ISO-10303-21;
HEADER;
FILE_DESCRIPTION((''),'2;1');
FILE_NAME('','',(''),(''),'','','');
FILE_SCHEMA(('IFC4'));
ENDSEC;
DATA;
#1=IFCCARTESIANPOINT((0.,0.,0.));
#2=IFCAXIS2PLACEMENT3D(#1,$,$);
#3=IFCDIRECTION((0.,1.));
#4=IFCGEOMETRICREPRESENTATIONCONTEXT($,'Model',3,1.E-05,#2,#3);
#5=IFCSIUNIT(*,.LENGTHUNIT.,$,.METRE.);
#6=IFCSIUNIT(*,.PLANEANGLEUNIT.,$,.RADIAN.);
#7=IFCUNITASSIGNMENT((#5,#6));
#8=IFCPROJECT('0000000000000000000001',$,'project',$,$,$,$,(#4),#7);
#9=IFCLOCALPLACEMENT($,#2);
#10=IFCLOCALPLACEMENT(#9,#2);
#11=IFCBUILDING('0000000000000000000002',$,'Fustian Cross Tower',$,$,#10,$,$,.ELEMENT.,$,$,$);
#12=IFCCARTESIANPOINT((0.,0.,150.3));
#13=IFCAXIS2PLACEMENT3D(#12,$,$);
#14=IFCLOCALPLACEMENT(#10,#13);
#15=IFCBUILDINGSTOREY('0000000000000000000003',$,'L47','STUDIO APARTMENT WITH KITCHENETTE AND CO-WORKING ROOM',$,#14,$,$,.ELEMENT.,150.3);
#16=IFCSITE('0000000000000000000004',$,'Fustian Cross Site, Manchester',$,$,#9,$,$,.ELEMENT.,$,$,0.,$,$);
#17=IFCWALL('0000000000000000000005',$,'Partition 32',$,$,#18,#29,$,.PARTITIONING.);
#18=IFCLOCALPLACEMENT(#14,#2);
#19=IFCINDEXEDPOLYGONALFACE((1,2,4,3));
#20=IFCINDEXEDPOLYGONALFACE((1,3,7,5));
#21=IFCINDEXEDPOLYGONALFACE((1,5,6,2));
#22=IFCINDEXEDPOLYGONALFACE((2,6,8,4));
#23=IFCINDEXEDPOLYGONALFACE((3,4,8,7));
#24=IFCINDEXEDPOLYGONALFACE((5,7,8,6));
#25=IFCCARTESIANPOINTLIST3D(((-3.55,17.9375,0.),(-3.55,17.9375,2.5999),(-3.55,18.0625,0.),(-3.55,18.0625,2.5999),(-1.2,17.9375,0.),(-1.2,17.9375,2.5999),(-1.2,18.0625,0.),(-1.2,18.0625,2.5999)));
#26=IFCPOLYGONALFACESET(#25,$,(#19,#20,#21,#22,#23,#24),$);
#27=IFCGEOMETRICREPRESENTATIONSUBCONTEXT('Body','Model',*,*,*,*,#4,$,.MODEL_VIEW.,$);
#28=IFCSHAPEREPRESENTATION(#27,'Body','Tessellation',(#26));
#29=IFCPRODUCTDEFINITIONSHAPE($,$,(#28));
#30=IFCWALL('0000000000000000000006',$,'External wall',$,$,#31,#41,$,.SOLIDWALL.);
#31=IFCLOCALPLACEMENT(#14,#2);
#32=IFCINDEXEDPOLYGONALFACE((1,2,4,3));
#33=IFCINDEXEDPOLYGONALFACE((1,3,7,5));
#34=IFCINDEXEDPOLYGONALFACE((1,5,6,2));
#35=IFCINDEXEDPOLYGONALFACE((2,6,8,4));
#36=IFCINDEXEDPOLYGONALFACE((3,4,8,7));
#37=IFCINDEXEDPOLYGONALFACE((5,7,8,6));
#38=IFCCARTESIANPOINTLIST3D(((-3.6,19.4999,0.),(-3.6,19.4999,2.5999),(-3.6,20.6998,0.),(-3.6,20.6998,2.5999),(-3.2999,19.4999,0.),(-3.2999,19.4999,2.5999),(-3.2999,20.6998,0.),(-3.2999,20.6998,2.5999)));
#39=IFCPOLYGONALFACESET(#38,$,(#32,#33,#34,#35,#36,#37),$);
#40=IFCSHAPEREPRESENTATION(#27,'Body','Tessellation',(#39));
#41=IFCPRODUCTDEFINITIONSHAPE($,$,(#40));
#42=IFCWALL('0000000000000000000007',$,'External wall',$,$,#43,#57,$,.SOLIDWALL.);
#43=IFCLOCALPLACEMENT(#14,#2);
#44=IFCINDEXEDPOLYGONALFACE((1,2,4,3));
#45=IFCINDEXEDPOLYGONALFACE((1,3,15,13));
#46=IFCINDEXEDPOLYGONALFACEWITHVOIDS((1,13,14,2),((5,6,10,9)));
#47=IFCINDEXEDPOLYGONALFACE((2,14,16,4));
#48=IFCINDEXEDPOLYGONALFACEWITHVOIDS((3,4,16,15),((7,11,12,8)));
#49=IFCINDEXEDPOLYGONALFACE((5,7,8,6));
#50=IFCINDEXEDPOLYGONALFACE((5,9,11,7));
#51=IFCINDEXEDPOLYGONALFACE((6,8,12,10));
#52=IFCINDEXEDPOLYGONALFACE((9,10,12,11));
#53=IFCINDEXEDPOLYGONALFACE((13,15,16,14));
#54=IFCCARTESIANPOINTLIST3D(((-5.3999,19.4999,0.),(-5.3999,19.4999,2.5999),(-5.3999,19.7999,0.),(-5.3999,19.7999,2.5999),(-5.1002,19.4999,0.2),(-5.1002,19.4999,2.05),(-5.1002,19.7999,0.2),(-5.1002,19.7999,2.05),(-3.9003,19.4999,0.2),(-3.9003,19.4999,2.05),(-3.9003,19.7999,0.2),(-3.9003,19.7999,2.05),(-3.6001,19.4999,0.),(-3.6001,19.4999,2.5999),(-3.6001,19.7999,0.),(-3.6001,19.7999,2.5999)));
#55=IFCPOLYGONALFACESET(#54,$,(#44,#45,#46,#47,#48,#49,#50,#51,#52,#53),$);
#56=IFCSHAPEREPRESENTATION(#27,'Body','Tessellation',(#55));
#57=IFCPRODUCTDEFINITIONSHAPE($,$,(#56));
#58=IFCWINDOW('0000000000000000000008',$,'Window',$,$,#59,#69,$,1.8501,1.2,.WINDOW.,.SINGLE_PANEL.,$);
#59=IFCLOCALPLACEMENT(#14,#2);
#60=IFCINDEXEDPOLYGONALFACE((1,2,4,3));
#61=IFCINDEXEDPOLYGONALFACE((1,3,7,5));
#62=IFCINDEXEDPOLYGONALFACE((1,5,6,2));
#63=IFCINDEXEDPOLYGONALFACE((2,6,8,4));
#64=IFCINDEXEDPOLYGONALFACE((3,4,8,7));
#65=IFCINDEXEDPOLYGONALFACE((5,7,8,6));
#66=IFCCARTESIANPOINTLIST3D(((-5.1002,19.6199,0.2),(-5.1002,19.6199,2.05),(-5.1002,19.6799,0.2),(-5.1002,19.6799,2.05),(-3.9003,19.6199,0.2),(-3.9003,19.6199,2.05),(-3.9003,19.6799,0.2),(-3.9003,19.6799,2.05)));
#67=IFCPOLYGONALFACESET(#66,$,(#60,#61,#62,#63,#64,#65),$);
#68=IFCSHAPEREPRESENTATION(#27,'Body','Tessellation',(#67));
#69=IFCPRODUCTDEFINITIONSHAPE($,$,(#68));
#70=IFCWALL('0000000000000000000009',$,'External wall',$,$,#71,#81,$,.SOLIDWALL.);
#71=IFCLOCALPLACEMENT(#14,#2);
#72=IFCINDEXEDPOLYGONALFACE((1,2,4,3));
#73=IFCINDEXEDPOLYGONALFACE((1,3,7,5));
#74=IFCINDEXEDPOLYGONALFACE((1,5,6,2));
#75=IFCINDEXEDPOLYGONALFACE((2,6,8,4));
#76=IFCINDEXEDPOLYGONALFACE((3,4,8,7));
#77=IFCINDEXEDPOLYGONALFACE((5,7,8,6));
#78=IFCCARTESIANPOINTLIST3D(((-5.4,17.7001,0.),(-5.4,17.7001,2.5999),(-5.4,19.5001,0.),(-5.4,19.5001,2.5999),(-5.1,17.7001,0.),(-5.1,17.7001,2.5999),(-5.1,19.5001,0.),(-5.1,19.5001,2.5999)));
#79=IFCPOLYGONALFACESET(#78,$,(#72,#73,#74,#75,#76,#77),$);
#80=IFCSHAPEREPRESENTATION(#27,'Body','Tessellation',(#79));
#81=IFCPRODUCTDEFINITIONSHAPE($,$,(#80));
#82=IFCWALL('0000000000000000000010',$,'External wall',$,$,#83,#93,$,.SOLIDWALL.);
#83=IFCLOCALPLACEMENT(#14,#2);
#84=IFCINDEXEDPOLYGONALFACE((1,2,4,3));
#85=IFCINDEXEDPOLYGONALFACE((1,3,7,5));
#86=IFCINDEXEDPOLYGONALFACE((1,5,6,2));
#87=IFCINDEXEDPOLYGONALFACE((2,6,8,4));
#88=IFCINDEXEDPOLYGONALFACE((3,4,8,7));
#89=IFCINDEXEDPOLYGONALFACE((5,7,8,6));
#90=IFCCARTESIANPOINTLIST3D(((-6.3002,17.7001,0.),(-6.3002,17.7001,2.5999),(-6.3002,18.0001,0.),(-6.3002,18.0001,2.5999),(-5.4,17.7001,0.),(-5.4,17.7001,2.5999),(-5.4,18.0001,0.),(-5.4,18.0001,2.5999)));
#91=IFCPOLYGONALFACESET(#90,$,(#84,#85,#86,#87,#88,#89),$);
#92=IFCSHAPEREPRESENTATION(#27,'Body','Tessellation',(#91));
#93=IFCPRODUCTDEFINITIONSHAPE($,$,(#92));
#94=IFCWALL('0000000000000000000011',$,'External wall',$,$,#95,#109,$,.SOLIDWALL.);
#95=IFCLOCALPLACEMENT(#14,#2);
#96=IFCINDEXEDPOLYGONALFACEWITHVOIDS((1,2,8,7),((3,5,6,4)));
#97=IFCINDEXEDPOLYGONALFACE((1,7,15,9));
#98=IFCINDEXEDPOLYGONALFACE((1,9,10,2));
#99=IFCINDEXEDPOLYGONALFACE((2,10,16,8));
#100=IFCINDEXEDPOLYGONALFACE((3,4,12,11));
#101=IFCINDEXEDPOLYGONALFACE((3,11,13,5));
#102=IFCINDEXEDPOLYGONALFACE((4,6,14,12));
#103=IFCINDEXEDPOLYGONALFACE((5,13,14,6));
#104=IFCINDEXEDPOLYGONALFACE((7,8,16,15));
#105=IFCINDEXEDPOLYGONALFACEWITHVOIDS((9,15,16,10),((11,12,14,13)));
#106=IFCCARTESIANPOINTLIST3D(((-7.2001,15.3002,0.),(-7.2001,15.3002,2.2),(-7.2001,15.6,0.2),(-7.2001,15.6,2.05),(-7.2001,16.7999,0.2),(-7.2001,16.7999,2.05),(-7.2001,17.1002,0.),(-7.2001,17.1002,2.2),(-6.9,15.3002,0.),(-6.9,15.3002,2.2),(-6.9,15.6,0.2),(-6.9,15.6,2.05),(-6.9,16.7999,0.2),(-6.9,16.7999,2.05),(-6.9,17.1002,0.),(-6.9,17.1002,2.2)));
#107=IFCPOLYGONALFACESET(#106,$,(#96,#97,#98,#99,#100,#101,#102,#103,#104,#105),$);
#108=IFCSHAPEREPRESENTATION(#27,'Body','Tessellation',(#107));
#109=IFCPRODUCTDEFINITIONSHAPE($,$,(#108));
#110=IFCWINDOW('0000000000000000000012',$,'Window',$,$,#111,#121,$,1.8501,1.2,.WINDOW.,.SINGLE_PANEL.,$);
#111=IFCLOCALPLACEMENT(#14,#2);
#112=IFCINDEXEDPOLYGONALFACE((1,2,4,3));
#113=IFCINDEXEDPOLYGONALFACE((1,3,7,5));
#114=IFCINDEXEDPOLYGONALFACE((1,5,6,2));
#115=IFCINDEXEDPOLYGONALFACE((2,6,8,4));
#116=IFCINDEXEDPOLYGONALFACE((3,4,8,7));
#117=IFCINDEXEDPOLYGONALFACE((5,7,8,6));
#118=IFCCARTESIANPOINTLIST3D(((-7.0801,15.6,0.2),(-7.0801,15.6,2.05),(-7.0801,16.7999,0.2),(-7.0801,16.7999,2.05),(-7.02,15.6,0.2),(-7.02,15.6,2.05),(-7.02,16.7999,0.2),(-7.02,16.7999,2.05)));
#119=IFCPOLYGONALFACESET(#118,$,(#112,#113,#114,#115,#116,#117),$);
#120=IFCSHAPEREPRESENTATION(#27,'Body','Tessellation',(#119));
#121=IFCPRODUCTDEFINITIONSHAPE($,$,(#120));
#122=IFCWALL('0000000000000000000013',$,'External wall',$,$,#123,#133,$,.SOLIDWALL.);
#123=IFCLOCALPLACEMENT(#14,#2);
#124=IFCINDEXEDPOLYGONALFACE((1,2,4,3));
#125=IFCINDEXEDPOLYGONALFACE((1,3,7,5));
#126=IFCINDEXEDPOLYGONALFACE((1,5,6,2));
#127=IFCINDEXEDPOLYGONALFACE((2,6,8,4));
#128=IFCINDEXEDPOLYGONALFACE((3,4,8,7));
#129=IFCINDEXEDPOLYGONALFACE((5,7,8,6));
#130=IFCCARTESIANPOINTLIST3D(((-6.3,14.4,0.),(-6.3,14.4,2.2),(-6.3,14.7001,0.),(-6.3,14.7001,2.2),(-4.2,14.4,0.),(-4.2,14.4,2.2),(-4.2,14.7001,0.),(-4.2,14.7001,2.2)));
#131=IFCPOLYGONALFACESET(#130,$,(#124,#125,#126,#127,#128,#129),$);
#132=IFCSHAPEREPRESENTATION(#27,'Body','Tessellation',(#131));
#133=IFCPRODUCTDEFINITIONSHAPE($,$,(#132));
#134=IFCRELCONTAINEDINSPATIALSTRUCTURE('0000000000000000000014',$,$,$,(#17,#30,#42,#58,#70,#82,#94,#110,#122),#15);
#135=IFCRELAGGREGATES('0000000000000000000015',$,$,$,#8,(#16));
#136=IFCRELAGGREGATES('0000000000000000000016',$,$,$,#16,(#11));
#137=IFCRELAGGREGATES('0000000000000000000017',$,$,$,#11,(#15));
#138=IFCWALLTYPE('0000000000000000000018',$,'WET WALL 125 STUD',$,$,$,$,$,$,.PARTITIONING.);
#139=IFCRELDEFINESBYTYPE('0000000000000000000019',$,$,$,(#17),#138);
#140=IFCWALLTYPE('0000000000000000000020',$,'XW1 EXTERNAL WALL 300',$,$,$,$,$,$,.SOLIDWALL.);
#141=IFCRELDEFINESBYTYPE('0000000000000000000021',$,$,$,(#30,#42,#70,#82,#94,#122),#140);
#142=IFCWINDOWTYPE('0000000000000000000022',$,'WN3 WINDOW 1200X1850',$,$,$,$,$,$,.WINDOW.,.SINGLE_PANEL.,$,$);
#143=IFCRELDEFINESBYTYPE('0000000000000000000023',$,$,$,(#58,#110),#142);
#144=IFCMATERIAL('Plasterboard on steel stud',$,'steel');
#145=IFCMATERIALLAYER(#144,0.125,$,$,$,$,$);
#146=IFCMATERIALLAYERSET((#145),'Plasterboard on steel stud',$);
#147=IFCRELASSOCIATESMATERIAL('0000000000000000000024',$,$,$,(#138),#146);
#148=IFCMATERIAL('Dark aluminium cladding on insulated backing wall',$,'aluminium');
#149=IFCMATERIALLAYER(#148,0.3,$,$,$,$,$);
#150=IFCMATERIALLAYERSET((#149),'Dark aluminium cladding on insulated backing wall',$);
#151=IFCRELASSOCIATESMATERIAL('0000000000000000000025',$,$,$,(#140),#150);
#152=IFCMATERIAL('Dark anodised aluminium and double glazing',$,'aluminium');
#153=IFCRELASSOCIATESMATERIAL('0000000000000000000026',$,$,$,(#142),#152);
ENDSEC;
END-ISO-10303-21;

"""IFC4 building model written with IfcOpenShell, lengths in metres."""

from ifc_helpers import new_model, si_unit, direction, frame, frame_2d, origin, place, context, subcontext, project, spatial, rectangle, extrude, material, layer, layer_set, type_object, element, fill, save


model = new_model("IFC4")

# Units and contexts
model_context = context("Model", 3, precision=1e-05, world=origin(), true_north=direction((0.0, 1.0)))
body_context = subcontext(model_context, "Body", "Model", "MODEL_VIEW")
ifc_project = project(units=[si_unit("LENGTHUNIT", "METRE"), si_unit("PLANEANGLEUNIT", "RADIAN")], contexts=[model_context])

# Site, building, storey
site_placement = place(None, origin())
site = spatial("IfcSite", under=ifc_project, at=site_placement, Name="Fustian Cross Site, Manchester", CompositionType="ELEMENT", RefElevation=0.0)
building_placement = place(site_placement, origin())
building = spatial("IfcBuilding", under=site, at=building_placement, Name="Fustian Cross Tower", CompositionType="ELEMENT")
storey_placement = place(building_placement, frame((0.0, 0.0, 150.3)))
storey = spatial("IfcBuildingStorey", under=building, at=storey_placement, Name="L47", Description="STUDIO APARTMENT WITH KITCHENETTE AND CO-WORKING ROOM", CompositionType="ELEMENT", Elevation=150.3)

# Walls
ifc_material_1 = material(Name="Plasterboard on steel stud", Category="steel")
ifc_layer_1 = layer(ifc_material_1, 0.125)
ifc_layer_set_1 = layer_set([ifc_layer_1], Name="Plasterboard on steel stud")
wall_type_1 = type_object("IfcWallType", Name="WET WALL 125 STUD", PredefinedType="PARTITIONING", material=ifc_layer_set_1)
wall_1_placement = place(storey_placement, frame((-3.55, 18.0, 0.0), z_axis=(0.0, 0.0, 1.0), x_axis=(1.0, 0.0, 0.0)))
element("IfcWall", 1, at=wall_1_placement, inside=storey, type_object=wall_type_1, Name="Partition 32", PredefinedType="PARTITIONING", context=body_context, shape_type="SweptSolid", body=[
    extrude(rectangle(XDim=2.3501, YDim=0.125, at=frame_2d((1.175, 0.0))), origin(), (0.0, 0.0, 1.0), 2.5999),
])
ifc_material_2 = material(Name="Dark aluminium cladding on insulated backing wall", Category="aluminium")
ifc_layer_2 = layer(ifc_material_2, 0.3)
ifc_layer_set_2 = layer_set([ifc_layer_2], Name="Dark aluminium cladding on insulated backing wall")
wall_type_2 = type_object("IfcWallType", Name="XW1 EXTERNAL WALL 300", PredefinedType="SOLIDWALL", material=ifc_layer_set_2)
wall_2_placement = place(storey_placement, frame((-3.45, 20.7, 0.0), z_axis=(0.0, 0.0, 1.0), x_axis=(0.0, -1.0, 0.0)))
element("IfcWall", 2, at=wall_2_placement, inside=storey, type_object=wall_type_2, Name="External wall", PredefinedType="SOLIDWALL", context=body_context, shape_type="SweptSolid", body=[
    extrude(rectangle(XDim=1.2, YDim=0.3, at=frame_2d((0.6001, 0.0))), origin(), (0.0, 0.0, 1.0), 2.5999),
])

# Wall, opening, window
wall_3_placement = place(storey_placement, frame((-3.6001, 19.6499, 0.0), z_axis=(0.0, 0.0, 1.0), x_axis=(-1.0, 0.0, 0.0)))
wall_3 = element("IfcWall", 3, at=wall_3_placement, inside=storey, type_object=wall_type_2, Name="External wall", PredefinedType="SOLIDWALL", context=body_context, shape_type="SweptSolid", body=[
    extrude(rectangle(XDim=1.7998, YDim=0.3, at=frame_2d((0.8999, 0.0))), origin(), (0.0, 0.0, 1.0), 2.5999),
])
opening_1_placement = place(wall_3_placement, frame((0.3, 0.0, 0.2)))
opening_1 = element("IfcOpeningElement", 4, at=opening_1_placement, cuts=wall_3, PredefinedType="OPENING", context=body_context, shape_type="SweptSolid", body=[
    extrude(rectangle(XDim=1.2, YDim=1.8501, at=frame_2d((0.6001, 0.925))), frame((0.0, 0.1599, 0.0), z_axis=(0.0, -1.0, 0.0), x_axis=(1.0, 0.0, 0.0)), (0.0, 0.0, 1.0), 0.3201),
])
ifc_material_3 = material(Name="Dark anodised aluminium and double glazing", Category="aluminium")
window_type_1 = type_object("IfcWindowType", Name="WN3 WINDOW 1200X1850", PartitioningType="SINGLE_PANEL", PredefinedType="WINDOW", material=ifc_material_3)
window_1_placement = place(opening_1_placement, origin())
window_1 = element("IfcWindow", 5, at=window_1_placement, inside=storey, type_object=window_type_1, Name="Window", OverallHeight=1.8501, OverallWidth=1.2, PartitioningType="SINGLE_PANEL", PredefinedType="WINDOW", context=body_context, shape_type="SweptSolid", body=[
    extrude(rectangle(XDim=1.2, YDim=1.8501, at=frame_2d((0.6001, 0.925))), frame((0.0, 0.03, 0.0), z_axis=(0.0, -1.0, 0.0), x_axis=(1.0, 0.0, 0.0)), (0.0, 0.0, 1.0), 0.0601),
])
fill(opening_1, window_1)

# Walls
wall_4_placement = place(storey_placement, frame((-5.25, 19.5, 0.0), z_axis=(0.0, 0.0, 1.0), x_axis=(0.0, -1.0, 0.0)))
element("IfcWall", 6, at=wall_4_placement, inside=storey, type_object=wall_type_2, Name="External wall", PredefinedType="SOLIDWALL", context=body_context, shape_type="SweptSolid", body=[
    extrude(rectangle(XDim=1.8, YDim=0.3, at=frame_2d((0.8999, 0.0))), origin(), (0.0, 0.0, 1.0), 2.5999),
])
wall_5_placement = place(storey_placement, frame((-5.3999, 17.8501, 0.0), z_axis=(0.0, 0.0, 1.0), x_axis=(-1.0, 0.0, 0.0)))
element("IfcWall", 7, at=wall_5_placement, inside=storey, type_object=wall_type_2, Name="External wall", PredefinedType="SOLIDWALL", context=body_context, shape_type="SweptSolid", body=[
    extrude(rectangle(XDim=0.9001, YDim=0.3, at=frame_2d((0.4502, 0.0))), origin(), (0.0, 0.0, 1.0), 2.5999),
])

# Wall, opening, window
wall_6_placement = place(storey_placement, frame((-7.05, 17.1001, 0.0), z_axis=(0.0, 0.0, 1.0), x_axis=(0.0, -1.0, 0.0)))
wall_6 = element("IfcWall", 8, at=wall_6_placement, inside=storey, type_object=wall_type_2, Name="External wall", PredefinedType="SOLIDWALL", context=body_context, shape_type="SweptSolid", body=[
    extrude(rectangle(XDim=1.8, YDim=0.3, at=frame_2d((0.8999, 0.0))), origin(), (0.0, 0.0, 1.0), 2.2),
])
opening_2_placement = place(wall_6_placement, frame((0.3, 0.0, 0.2)))
opening_2 = element("IfcOpeningElement", 9, at=opening_2_placement, cuts=wall_6, PredefinedType="OPENING", context=body_context, shape_type="SweptSolid", body=[
    extrude(rectangle(XDim=1.2, YDim=1.8501, at=frame_2d((0.6001, 0.925))), frame((0.0, 0.1599, 0.0), z_axis=(0.0, -1.0, 0.0), x_axis=(1.0, 0.0, 0.0)), (0.0, 0.0, 1.0), 0.3201),
])
window_2_placement = place(opening_2_placement, origin())
window_2 = element("IfcWindow", 10, at=window_2_placement, inside=storey, type_object=window_type_1, Name="Window", OverallHeight=1.8501, OverallWidth=1.2, PartitioningType="SINGLE_PANEL", PredefinedType="WINDOW", context=body_context, shape_type="SweptSolid", body=[
    extrude(rectangle(XDim=1.2, YDim=1.8501, at=frame_2d((0.6001, 0.925))), frame((0.0, 0.03, 0.0), z_axis=(0.0, -1.0, 0.0), x_axis=(1.0, 0.0, 0.0)), (0.0, 0.0, 1.0), 0.0601),
])
fill(opening_2, window_2)

# Wall
wall_7_placement = place(storey_placement, frame((-6.3, 14.55, 0.0), z_axis=(0.0, 0.0, 1.0), x_axis=(1.0, 0.0, 0.0)))
element("IfcWall", 11, at=wall_7_placement, inside=storey, type_object=wall_type_2, Name="External wall", PredefinedType="SOLIDWALL", context=body_context, shape_type="SweptSolid", body=[
    extrude(rectangle(XDim=2.1001, YDim=0.3, at=frame_2d((1.05, 0.0))), origin(), (0.0, 0.0, 1.0), 2.2),
])

save(model, "model.ifc")
